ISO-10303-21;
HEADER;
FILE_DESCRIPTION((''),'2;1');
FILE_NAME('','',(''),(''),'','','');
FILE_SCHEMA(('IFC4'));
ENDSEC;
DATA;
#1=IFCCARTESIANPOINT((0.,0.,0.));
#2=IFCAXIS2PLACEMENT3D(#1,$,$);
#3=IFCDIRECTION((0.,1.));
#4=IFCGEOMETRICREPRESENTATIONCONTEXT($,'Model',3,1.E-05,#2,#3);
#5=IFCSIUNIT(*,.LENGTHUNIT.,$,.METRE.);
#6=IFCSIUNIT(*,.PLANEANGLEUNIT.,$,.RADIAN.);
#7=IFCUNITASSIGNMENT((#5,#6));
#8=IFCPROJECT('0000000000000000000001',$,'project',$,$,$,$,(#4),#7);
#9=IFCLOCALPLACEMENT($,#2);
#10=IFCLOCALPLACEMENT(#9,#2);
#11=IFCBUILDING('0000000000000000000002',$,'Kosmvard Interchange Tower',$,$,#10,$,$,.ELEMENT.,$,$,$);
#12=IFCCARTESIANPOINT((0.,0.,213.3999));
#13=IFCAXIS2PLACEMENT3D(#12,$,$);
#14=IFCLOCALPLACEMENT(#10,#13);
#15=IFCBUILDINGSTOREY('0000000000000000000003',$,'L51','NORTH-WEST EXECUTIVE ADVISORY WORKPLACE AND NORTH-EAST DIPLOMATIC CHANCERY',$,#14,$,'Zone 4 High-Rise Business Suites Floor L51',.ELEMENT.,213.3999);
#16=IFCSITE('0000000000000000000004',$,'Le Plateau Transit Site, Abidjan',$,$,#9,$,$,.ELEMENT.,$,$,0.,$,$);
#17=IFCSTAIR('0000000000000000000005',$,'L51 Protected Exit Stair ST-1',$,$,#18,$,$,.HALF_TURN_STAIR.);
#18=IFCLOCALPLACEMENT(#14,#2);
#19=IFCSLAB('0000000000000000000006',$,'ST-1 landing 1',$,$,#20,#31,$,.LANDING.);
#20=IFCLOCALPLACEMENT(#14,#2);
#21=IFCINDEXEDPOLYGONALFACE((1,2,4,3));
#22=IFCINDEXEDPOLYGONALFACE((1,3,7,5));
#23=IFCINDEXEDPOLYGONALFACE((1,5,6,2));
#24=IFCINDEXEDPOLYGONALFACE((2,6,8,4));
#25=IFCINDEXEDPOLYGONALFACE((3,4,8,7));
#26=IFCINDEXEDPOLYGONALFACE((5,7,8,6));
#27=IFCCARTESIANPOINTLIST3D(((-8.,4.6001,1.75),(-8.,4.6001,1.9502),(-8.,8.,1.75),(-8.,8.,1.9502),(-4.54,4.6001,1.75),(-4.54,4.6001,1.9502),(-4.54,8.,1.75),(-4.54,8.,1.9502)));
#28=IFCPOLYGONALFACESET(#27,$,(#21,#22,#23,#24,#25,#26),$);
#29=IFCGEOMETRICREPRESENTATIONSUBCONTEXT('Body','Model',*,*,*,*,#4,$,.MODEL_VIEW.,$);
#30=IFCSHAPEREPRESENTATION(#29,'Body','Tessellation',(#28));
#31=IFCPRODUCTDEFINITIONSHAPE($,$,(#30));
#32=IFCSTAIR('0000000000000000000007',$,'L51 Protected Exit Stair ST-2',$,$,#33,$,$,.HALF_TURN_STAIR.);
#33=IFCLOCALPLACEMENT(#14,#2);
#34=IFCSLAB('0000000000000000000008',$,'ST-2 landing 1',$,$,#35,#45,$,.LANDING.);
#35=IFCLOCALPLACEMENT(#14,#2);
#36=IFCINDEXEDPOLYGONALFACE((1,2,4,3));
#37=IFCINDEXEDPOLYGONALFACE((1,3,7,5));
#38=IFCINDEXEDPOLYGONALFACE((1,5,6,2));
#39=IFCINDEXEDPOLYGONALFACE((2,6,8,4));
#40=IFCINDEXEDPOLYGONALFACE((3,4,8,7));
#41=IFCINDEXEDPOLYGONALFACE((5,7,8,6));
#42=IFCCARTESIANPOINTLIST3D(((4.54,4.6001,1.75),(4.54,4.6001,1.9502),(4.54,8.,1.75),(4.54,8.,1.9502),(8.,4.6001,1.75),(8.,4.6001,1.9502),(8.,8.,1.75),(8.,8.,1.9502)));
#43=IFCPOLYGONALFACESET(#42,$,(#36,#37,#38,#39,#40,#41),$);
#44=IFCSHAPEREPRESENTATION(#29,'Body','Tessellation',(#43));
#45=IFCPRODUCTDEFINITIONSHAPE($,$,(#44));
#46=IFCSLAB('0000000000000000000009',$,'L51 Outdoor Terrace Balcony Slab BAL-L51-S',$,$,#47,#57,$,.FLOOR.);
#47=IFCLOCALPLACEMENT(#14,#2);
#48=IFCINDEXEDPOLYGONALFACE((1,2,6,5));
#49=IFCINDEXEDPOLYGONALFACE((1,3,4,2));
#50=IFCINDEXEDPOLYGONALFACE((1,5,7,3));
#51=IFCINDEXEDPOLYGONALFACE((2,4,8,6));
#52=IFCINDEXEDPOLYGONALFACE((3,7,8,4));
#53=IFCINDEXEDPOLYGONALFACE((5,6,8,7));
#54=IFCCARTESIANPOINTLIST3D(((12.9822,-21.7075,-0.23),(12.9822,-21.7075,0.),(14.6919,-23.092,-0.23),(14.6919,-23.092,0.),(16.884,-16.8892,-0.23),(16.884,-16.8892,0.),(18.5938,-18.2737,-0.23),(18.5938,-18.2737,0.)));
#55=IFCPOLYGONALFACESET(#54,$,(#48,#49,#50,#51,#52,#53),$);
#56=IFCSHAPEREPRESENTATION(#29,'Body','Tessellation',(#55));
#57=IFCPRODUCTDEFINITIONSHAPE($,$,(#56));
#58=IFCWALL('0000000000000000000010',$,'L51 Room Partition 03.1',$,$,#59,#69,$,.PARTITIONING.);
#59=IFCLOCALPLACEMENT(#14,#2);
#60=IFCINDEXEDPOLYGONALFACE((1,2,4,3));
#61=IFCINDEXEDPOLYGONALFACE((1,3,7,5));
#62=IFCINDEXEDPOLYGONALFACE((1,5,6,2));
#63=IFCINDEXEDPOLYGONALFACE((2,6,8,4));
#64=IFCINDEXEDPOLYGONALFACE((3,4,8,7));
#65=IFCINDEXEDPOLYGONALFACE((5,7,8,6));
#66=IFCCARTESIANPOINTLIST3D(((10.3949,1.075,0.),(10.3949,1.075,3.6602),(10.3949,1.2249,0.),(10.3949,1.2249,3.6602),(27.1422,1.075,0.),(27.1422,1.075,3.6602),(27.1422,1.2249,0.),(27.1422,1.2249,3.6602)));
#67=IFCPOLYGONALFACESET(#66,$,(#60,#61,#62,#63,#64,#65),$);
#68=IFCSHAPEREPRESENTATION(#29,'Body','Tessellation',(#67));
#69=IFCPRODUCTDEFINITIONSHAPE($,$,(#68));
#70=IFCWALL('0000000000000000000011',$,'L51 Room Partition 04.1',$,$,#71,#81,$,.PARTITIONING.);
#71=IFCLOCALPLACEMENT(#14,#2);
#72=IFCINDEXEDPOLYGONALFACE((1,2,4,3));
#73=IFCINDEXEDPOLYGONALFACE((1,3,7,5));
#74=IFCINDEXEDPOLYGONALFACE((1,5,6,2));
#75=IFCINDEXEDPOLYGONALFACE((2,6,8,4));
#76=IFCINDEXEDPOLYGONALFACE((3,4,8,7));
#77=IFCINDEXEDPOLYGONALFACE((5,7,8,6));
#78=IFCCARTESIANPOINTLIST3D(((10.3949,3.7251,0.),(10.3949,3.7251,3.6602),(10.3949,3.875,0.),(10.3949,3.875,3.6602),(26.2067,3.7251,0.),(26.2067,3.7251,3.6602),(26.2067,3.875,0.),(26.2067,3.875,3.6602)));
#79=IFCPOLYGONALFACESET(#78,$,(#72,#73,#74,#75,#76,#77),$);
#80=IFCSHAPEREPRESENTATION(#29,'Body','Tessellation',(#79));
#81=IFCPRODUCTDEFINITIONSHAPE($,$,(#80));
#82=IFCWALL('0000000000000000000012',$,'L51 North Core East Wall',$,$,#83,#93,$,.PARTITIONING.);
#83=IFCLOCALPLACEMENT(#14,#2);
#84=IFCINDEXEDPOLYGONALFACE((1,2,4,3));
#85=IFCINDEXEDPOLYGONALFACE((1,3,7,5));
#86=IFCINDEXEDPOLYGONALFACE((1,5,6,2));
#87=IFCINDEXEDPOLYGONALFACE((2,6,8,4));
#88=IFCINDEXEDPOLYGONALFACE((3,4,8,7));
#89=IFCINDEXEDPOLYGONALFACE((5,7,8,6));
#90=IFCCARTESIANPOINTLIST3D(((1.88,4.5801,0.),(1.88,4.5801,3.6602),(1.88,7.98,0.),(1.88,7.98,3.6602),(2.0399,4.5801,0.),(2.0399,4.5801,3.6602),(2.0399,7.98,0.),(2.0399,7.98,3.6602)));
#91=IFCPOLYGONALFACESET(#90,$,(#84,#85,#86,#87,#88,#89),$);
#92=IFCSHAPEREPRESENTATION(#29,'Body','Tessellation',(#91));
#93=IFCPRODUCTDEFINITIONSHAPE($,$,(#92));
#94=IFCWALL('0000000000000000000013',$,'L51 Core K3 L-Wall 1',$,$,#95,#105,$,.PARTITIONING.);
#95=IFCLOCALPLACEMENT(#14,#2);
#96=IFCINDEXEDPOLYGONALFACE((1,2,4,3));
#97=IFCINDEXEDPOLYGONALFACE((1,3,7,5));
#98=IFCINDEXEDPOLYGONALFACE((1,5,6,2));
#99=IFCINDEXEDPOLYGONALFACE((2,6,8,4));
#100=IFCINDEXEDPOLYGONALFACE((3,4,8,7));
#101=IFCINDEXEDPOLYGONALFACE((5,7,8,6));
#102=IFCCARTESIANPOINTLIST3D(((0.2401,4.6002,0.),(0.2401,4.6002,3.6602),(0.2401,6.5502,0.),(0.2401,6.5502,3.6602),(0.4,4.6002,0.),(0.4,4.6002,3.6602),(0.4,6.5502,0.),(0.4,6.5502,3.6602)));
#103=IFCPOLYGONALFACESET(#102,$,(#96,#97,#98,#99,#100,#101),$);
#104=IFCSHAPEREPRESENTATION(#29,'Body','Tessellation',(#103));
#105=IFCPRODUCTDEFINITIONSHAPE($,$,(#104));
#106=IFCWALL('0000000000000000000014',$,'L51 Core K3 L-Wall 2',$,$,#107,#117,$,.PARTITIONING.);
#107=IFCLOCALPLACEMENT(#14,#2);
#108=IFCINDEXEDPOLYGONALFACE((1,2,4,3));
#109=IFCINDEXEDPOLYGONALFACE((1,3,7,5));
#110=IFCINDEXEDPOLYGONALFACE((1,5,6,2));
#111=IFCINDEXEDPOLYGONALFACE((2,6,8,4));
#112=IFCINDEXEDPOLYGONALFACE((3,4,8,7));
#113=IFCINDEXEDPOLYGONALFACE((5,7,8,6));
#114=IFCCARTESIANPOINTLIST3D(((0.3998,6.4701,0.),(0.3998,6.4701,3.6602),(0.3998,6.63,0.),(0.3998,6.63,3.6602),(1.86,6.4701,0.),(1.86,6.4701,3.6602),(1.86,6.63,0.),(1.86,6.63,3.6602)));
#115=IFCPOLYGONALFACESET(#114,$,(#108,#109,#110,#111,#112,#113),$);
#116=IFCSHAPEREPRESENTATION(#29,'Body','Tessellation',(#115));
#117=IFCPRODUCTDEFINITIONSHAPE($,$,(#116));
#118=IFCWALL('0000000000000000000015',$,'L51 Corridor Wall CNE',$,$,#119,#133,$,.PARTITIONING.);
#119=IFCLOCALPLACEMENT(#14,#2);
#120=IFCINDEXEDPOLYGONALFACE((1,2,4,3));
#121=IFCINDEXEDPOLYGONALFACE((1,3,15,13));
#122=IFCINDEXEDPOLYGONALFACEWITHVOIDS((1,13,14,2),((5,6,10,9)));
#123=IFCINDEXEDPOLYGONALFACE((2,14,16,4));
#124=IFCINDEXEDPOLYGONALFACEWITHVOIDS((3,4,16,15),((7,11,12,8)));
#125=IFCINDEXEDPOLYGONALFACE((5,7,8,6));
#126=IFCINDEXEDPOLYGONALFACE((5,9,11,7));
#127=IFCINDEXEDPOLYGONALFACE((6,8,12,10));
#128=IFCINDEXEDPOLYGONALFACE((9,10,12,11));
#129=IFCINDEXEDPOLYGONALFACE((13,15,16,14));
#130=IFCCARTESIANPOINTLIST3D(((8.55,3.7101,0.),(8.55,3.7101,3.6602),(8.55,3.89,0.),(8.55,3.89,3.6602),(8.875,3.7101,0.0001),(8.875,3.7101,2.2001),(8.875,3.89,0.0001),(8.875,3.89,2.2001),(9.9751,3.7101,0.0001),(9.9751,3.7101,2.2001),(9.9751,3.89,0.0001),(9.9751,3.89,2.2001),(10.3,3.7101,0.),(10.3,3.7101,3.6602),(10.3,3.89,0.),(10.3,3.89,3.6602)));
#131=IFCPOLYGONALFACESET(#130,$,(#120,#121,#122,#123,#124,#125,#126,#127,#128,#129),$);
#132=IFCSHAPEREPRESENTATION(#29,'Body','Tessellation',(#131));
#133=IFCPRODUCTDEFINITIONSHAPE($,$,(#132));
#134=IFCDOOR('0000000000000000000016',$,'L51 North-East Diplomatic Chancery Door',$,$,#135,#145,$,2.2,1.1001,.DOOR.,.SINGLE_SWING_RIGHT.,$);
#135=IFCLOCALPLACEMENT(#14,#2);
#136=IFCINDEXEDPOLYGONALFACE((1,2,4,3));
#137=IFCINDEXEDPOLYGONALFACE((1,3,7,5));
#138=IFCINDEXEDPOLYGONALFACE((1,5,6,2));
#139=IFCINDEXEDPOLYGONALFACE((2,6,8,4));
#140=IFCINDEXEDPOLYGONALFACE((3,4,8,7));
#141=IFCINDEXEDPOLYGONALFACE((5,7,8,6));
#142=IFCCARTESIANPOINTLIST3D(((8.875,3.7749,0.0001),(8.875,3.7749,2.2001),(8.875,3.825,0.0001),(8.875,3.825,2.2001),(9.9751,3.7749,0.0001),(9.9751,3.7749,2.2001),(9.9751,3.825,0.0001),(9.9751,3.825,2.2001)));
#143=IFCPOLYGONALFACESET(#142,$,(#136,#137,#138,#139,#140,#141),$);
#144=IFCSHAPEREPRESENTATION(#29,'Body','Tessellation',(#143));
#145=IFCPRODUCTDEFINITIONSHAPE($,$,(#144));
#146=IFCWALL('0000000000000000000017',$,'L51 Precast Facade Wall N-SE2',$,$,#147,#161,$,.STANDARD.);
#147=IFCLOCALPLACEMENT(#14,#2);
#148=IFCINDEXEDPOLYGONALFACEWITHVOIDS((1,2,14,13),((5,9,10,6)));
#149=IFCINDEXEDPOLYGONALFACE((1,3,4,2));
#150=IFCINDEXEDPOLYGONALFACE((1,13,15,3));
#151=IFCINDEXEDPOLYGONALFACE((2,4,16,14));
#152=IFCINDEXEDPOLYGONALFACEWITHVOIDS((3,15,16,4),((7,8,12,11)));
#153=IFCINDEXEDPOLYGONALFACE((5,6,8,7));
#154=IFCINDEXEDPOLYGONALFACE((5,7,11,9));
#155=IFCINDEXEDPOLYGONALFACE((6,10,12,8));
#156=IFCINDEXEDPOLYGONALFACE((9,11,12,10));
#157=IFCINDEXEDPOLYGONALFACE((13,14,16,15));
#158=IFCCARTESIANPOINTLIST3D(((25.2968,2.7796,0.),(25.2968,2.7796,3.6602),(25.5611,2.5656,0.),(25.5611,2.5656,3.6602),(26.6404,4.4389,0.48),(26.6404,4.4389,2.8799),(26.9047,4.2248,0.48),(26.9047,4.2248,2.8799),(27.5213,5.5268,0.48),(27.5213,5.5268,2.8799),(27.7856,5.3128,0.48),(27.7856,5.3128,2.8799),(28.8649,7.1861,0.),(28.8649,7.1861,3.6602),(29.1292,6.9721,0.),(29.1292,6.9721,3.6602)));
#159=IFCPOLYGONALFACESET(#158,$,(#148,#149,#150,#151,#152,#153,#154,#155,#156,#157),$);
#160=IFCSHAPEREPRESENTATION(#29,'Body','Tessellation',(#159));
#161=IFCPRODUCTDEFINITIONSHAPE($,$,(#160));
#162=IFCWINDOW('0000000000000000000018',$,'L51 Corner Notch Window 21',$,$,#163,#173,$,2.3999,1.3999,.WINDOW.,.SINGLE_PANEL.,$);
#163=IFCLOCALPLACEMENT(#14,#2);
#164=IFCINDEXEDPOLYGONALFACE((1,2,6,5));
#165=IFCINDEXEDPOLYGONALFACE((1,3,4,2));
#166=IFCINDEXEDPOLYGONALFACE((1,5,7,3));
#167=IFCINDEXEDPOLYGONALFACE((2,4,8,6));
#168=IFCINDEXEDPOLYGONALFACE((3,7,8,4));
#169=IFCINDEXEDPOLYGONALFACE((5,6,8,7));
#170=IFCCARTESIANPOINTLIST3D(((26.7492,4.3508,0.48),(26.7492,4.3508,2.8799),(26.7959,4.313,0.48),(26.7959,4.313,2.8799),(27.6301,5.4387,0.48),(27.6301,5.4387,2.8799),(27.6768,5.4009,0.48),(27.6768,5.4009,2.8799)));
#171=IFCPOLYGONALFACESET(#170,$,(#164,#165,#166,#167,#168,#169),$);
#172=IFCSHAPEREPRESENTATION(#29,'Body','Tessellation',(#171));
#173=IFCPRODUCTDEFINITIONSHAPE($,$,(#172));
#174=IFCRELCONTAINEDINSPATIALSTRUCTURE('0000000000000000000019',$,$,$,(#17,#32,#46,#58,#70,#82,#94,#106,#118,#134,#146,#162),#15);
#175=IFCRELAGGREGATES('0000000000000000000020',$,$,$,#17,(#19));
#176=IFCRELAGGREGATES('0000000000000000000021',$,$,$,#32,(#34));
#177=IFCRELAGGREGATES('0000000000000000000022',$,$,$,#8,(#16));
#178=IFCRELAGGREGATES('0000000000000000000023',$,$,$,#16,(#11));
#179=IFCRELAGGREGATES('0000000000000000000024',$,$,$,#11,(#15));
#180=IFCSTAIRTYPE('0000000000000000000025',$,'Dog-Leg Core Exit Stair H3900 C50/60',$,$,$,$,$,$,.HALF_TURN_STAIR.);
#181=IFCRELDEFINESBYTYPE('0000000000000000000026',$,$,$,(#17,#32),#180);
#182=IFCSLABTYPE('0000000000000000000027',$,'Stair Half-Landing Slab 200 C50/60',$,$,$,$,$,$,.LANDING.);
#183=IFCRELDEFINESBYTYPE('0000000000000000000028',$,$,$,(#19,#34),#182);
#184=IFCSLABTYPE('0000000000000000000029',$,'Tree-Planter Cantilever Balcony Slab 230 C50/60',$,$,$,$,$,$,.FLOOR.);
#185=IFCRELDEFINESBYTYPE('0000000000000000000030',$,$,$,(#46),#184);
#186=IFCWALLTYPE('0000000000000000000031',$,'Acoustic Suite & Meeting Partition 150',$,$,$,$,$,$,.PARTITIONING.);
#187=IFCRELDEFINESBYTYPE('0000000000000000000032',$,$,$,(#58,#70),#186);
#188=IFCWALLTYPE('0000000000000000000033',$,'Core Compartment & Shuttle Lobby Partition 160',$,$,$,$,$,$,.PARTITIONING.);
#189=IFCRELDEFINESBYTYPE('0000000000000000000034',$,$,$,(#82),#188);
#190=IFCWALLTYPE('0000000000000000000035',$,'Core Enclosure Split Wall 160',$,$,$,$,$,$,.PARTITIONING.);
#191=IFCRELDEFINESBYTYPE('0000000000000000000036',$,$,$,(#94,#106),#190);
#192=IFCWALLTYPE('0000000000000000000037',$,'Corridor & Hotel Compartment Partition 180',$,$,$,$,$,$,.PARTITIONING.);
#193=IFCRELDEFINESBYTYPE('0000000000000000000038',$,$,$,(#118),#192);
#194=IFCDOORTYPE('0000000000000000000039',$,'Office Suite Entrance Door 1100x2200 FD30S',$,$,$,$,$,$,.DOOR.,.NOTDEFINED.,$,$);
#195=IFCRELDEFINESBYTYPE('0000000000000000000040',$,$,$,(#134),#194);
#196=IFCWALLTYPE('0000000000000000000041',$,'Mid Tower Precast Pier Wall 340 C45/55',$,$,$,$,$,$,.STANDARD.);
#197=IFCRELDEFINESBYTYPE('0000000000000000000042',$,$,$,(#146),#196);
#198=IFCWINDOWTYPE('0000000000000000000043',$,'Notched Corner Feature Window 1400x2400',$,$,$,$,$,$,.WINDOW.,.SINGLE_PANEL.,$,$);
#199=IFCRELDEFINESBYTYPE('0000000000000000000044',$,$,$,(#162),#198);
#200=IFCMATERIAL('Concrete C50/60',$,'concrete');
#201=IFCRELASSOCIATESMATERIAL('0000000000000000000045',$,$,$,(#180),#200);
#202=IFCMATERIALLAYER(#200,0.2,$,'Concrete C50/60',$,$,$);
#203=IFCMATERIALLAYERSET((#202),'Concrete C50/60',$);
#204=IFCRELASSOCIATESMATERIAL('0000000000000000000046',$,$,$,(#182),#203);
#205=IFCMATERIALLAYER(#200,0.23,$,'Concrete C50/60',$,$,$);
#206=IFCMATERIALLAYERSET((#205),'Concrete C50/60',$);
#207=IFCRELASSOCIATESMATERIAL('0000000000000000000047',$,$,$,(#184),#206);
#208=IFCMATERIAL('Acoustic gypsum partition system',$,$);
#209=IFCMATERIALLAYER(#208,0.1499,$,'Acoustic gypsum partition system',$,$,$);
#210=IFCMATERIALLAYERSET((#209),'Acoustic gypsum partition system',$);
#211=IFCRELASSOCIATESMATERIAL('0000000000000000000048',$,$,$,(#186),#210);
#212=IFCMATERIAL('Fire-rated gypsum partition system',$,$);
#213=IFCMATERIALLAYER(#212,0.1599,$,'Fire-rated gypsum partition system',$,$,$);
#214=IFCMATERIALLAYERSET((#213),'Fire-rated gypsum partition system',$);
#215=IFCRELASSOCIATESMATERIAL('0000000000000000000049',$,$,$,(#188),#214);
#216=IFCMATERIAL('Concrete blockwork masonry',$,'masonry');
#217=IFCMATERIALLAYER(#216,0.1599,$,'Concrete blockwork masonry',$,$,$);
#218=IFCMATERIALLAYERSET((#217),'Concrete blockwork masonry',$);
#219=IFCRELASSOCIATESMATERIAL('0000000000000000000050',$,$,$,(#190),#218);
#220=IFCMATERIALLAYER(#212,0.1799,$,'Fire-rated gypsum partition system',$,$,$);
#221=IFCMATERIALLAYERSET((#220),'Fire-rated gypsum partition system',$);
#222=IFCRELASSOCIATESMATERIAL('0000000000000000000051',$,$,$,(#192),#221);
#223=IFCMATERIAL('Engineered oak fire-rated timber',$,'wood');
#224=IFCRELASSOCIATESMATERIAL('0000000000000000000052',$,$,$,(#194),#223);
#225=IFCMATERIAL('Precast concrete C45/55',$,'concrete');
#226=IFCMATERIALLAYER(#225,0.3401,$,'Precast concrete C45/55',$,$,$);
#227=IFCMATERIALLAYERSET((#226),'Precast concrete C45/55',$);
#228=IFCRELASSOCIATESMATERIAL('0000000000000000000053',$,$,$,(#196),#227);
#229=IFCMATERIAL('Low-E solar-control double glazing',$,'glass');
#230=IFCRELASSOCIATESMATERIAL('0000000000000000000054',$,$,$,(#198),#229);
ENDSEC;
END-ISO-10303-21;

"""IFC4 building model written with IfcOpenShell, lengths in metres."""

from ifc_helpers import new_model, si_unit, direction, frame, frame_2d, origin, place, context, subcontext, project, spatial, polyline, rectangle, outline, extrude, source, transform, mapped, material, layer, layer_set, type_object, element, fill, aggregate, save


model = new_model("IFC4")

# Units and contexts
model_context = context("Model", 3, precision=1e-05, world=origin(), true_north=direction((0.0, 1.0)))
body_context = subcontext(model_context, "Body", "Model", "MODEL_VIEW")
ifc_project = project(units=[si_unit("LENGTHUNIT", "METRE"), si_unit("PLANEANGLEUNIT", "RADIAN")], contexts=[model_context])

# Site, building, storey
site_placement = place(None, origin())
site = spatial("IfcSite", under=ifc_project, at=site_placement, Name="Le Plateau Transit Site, Abidjan", CompositionType="ELEMENT", RefElevation=0.0)
building_placement = place(site_placement, origin())
building = spatial("IfcBuilding", under=site, at=building_placement, Name="Kosmvard Interchange Tower", CompositionType="ELEMENT")
storey_placement = place(building_placement, frame((0.0, 0.0, 213.3999)))
storey = spatial("IfcBuildingStorey", under=building, at=storey_placement, Name="L51", Description="NORTH-WEST EXECUTIVE ADVISORY WORKPLACE AND NORTH-EAST DIPLOMATIC CHANCERY", LongName="Zone 4 High-Rise Business Suites Floor L51", CompositionType="ELEMENT", Elevation=213.3999)

# Stairs, slabs
ifc_material_1 = material(Name="Concrete C50/60", Category="concrete")
stair_type = type_object("IfcStairType", Name="Dog-Leg Core Exit Stair H3900 C50/60", PredefinedType="HALF_TURN_STAIR", material=ifc_material_1)
stair_1_placement = place(storey_placement, origin())
stair_1 = element("IfcStair", 1, at=stair_1_placement, inside=storey, type_object=stair_type, Name="L51 Protected Exit Stair ST-1", PredefinedType="HALF_TURN_STAIR")
ifc_layer_1 = layer(ifc_material_1, 0.2, Name="Concrete C50/60")
ifc_layer_set_1 = layer_set([ifc_layer_1], Name="Concrete C50/60")
slab_type_1 = type_object("IfcSlabType", Name="Stair Half-Landing Slab 200 C50/60", PredefinedType="LANDING", material=ifc_layer_set_1)
slab_1_placement = place(storey_placement, frame((0.0, 0.0, 1.75)))
slab_1 = element("IfcSlab", 2, at=slab_1_placement, type_object=slab_type_1, Name="ST-1 landing 1", PredefinedType="LANDING", context=body_context, shape_type="SweptSolid", body=[
    extrude(outline(polyline([(-4.54, 4.6001), (-4.54, 8.0), (-8.0, 8.0), (-8.0, 4.6001), (-4.54, 4.6001)])), origin(), (0.0, 0.0, 1.0), 0.2002),
])
aggregate(stair_1, [slab_1])
stair_2_placement = place(storey_placement, origin())
stair_2 = element("IfcStair", 3, at=stair_2_placement, inside=storey, type_object=stair_type, Name="L51 Protected Exit Stair ST-2", PredefinedType="HALF_TURN_STAIR")
slab_2_placement = place(storey_placement, frame((0.0, 0.0, 1.75)))
slab_2 = element("IfcSlab", 4, at=slab_2_placement, type_object=slab_type_1, Name="ST-2 landing 1", PredefinedType="LANDING", context=body_context, shape_type="SweptSolid", body=[
    extrude(outline(polyline([(8.0, 4.6001), (8.0, 8.0), (4.54, 8.0), (4.54, 4.6001), (8.0, 4.6001)])), origin(), (0.0, 0.0, 1.0), 0.2002),
])

# Slab
ifc_layer_2 = layer(ifc_material_1, 0.23, Name="Concrete C50/60")
ifc_layer_set_2 = layer_set([ifc_layer_2], Name="Concrete C50/60")
slab_type_2 = type_object("IfcSlabType", Name="Tree-Planter Cantilever Balcony Slab 230 C50/60", PredefinedType="FLOOR", material=ifc_layer_set_2)
slab_3_placement = place(storey_placement, frame((0.0, 0.0, -0.23)))
element("IfcSlab", 5, at=slab_3_placement, inside=storey, type_object=slab_type_2, Name="L51 Outdoor Terrace Balcony Slab BAL-L51-S", PredefinedType="FLOOR", context=body_context, shape_type="SweptSolid", body=[
    extrude(outline(polyline([(14.6919, -23.092), (18.5938, -18.2737), (16.884, -16.8892), (12.9822, -21.7075), (14.6919, -23.092)])), origin(), (0.0, 0.0, 1.0), 0.23),
])

# Walls
ifc_material_2 = material(Name="Acoustic gypsum partition system")
ifc_layer_3 = layer(ifc_material_2, 0.1499, Name="Acoustic gypsum partition system")
ifc_layer_set_3 = layer_set([ifc_layer_3], Name="Acoustic gypsum partition system")
wall_type_1 = type_object("IfcWallType", Name="Acoustic Suite & Meeting Partition 150", PredefinedType="PARTITIONING", material=ifc_layer_set_3)
wall_1_placement = place(storey_placement, frame((10.395, 1.1499, 0.0), z_axis=(0.0, 0.0, 1.0), x_axis=(1.0, 0.0, 0.0)))
element("IfcWall", 6, at=wall_1_placement, inside=storey, type_object=wall_type_1, Name="L51 Room Partition 03.1", PredefinedType="PARTITIONING", context=body_context, shape_type="SweptSolid", body=[
    extrude(rectangle(XDim=16.7473, YDim=0.1499, at=frame_2d((8.3735, 0.0))), origin(), (0.0, 0.0, 1.0), 3.6602),
])
wall_2_placement = place(storey_placement, frame((10.395, 3.8, 0.0), z_axis=(0.0, 0.0, 1.0), x_axis=(1.0, 0.0, 0.0)))
element("IfcWall", 7, at=wall_2_placement, inside=storey, type_object=wall_type_1, Name="L51 Room Partition 04.1", PredefinedType="PARTITIONING", context=body_context, shape_type="SweptSolid", body=[
    extrude(rectangle(XDim=15.8118, YDim=0.1499, at=frame_2d((7.9058, 0.0))), origin(), (0.0, 0.0, 1.0), 3.6602),
])
ifc_material_3 = material(Name="Fire-rated gypsum partition system")
ifc_layer_4 = layer(ifc_material_3, 0.1599, Name="Fire-rated gypsum partition system")
ifc_layer_set_4 = layer_set([ifc_layer_4], Name="Fire-rated gypsum partition system")
wall_type_2 = type_object("IfcWallType", Name="Core Compartment & Shuttle Lobby Partition 160", PredefinedType="PARTITIONING", material=ifc_layer_set_4)
wall_3_placement = place(storey_placement, frame((1.96, 4.5801, 0.0), z_axis=(0.0, 0.0, 1.0), x_axis=(0.0, 1.0, 0.0)))
element("IfcWall", 8, at=wall_3_placement, inside=storey, type_object=wall_type_2, Name="L51 North Core East Wall", PredefinedType="PARTITIONING", context=body_context, shape_type="SweptSolid", body=[
    extrude(rectangle(XDim=3.3999, YDim=0.1599, at=frame_2d((1.7, 0.0))), origin(), (0.0, 0.0, 1.0), 3.6602),
])
ifc_material_4 = material(Name="Concrete blockwork masonry", Category="masonry")
ifc_layer_5 = layer(ifc_material_4, 0.1599, Name="Concrete blockwork masonry")
ifc_layer_set_5 = layer_set([ifc_layer_5], Name="Concrete blockwork masonry")
wall_type_3 = type_object("IfcWallType", Name="Core Enclosure Split Wall 160", PredefinedType="PARTITIONING", material=ifc_layer_set_5)
wall_4_placement = place(storey_placement, frame((0.3201, 4.6001, 0.0), z_axis=(0.0, 0.0, 1.0), x_axis=(0.0, 1.0, 0.0)))
element("IfcWall", 9, at=wall_4_placement, inside=storey, type_object=wall_type_3, Name="L51 Core K3 L-Wall 1", PredefinedType="PARTITIONING", context=body_context, shape_type="SweptSolid", body=[
    extrude(rectangle(XDim=1.95, YDim=0.1599, at=frame_2d((0.9751, 0.0))), origin(), (0.0, 0.0, 1.0), 3.6602),
])
wall_5_placement = place(storey_placement, frame((0.3999, 6.55, 0.0), z_axis=(0.0, 0.0, 1.0), x_axis=(1.0, 0.0, 0.0)))
element("IfcWall", 10, at=wall_5_placement, inside=storey, type_object=wall_type_3, Name="L51 Core K3 L-Wall 2", PredefinedType="PARTITIONING", context=body_context, shape_type="SweptSolid", body=[
    extrude(rectangle(XDim=1.4602, YDim=0.1599, at=frame_2d((0.73, 0.0))), origin(), (0.0, 0.0, 1.0), 3.6602),
])

# Wall, opening, door
ifc_layer_6 = layer(ifc_material_3, 0.1799, Name="Fire-rated gypsum partition system")
ifc_layer_set_6 = layer_set([ifc_layer_6], Name="Fire-rated gypsum partition system")
wall_type_4 = type_object("IfcWallType", Name="Corridor & Hotel Compartment Partition 180", PredefinedType="PARTITIONING", material=ifc_layer_set_6)
wall_6_placement = place(storey_placement, frame((8.55, 3.8, 0.0), z_axis=(0.0, 0.0, 1.0), x_axis=(1.0, 0.0, 0.0)))
wall_6 = element("IfcWall", 11, at=wall_6_placement, inside=storey, type_object=wall_type_4, Name="L51 Corridor Wall CNE", PredefinedType="PARTITIONING", context=body_context, shape_type="SweptSolid", body=[
    extrude(rectangle(XDim=1.75, YDim=0.1799, at=frame_2d((0.875, 0.0))), origin(), (0.0, 0.0, 1.0), 3.6602),
])
opening_1_placement = place(wall_6_placement, frame((0.325, 0.0, 0.0)))
opening_1 = element("IfcOpeningElement", 12, at=opening_1_placement, cuts=wall_6, PredefinedType="OPENING", context=body_context, shape_type="SweptSolid", body=[
    extrude(rectangle(XDim=1.1001, YDim=2.2, at=frame_2d((0.55, 1.1001))), frame((0.0, 0.1001, 0.0), z_axis=(0.0, -1.0, 0.0), x_axis=(1.0, 0.0, 0.0)), (0.0, 0.0, 1.0), 0.2),
])
ifc_material_5 = material(Name="Engineered oak fire-rated timber", Category="wood")
door_type_1 = type_object("IfcDoorType", Name="Office Suite Entrance Door 1100x2200 FD30S", OperationType="NOTDEFINED", PredefinedType="DOOR", material=ifc_material_5)
shared_shape_1 = source(origin(), body_context, "Body", "SweptSolid", [
    extrude(rectangle(XDim=1.1001, YDim=2.2, at=frame_2d((0.55, 1.1001))), frame((0.0, 0.0249, 0.0), z_axis=(0.0, -1.0, 0.0), x_axis=(1.0, 0.0, 0.0)), (0.0, 0.0, 1.0), 0.05),
])
door_1_placement = place(opening_1_placement, origin())
door_1 = element("IfcDoor", 13, at=door_1_placement, inside=storey, type_object=door_type_1, Name="L51 North-East Diplomatic Chancery Door", OperationType="SINGLE_SWING_RIGHT", OverallHeight=2.2, OverallWidth=1.1001, PredefinedType="DOOR", context=body_context, shape_type="MappedRepresentation", body=[
    mapped(shared_shape_1, transform((0.0, 0.0, 0.0), scale=1.0)),
])
fill(opening_1, door_1)

# Wall, opening, window
ifc_material_6 = material(Name="Precast concrete C45/55", Category="concrete")
ifc_layer_7 = layer(ifc_material_6, 0.3401, Name="Precast concrete C45/55")
ifc_layer_set_7 = layer_set([ifc_layer_7], Name="Precast concrete C45/55")
wall_type_5 = type_object("IfcWallType", Name="Mid Tower Precast Pier Wall 340 C45/55", PredefinedType="STANDARD", material=ifc_layer_set_7)
wall_7_placement = place(storey_placement, frame((25.429, 2.6726, 0.0), z_axis=(0.0, 0.0, 1.0), x_axis=(0.6293, 0.777163, 0.0)))
wall_7 = element("IfcWall", 14, at=wall_7_placement, inside=storey, type_object=wall_type_5, Name="L51 Precast Facade Wall N-SE2", PredefinedType="STANDARD", context=body_context, shape_type="SweptSolid", body=[
    extrude(rectangle(XDim=5.6699, YDim=0.3401, at=frame_2d((2.835, 0.0))), origin(), (0.0, 0.0, 1.0), 3.6602),
])
opening_2_placement = place(wall_7_placement, frame((2.135, 0.0, 0.48)))
opening_2 = element("IfcOpeningElement", 15, at=opening_2_placement, cuts=wall_7, PredefinedType="OPENING", context=body_context, shape_type="SweptSolid", body=[
    extrude(rectangle(XDim=1.3999, YDim=2.3999, at=frame_2d((0.7, 1.2))), frame((0.0, 0.1802, 0.0), z_axis=(0.0, -1.0, 0.0), x_axis=(1.0, 0.0, 0.0)), (0.0, 0.0, 1.0), 0.3601),
])
ifc_material_7 = material(Name="Low-E solar-control double glazing", Category="glass")
window_type_1 = type_object("IfcWindowType", Name="Notched Corner Feature Window 1400x2400", PartitioningType="SINGLE_PANEL", PredefinedType="WINDOW", material=ifc_material_7)
shared_shape_2 = source(origin(), body_context, "Body", "SweptSolid", [
    extrude(rectangle(XDim=1.3999, YDim=2.3999, at=frame_2d((0.7, 1.2))), frame((0.0, 0.03, 0.0), z_axis=(0.0, -1.0, 0.0), x_axis=(1.0, 0.0, 0.0)), (0.0, 0.0, 1.0), 0.0601),
])
window_1_placement = place(opening_2_placement, origin())
window_1 = element("IfcWindow", 16, at=window_1_placement, inside=storey, type_object=window_type_1, Name="L51 Corner Notch Window 21", OverallHeight=2.3999, OverallWidth=1.3999, PartitioningType="SINGLE_PANEL", PredefinedType="WINDOW", context=body_context, shape_type="MappedRepresentation", body=[
    mapped(shared_shape_2, transform((0.0, 0.0, 0.0), scale=1.0)),
])
fill(opening_2, window_1)

aggregate(stair_2, [slab_2])

save(model, "model.ifc")
